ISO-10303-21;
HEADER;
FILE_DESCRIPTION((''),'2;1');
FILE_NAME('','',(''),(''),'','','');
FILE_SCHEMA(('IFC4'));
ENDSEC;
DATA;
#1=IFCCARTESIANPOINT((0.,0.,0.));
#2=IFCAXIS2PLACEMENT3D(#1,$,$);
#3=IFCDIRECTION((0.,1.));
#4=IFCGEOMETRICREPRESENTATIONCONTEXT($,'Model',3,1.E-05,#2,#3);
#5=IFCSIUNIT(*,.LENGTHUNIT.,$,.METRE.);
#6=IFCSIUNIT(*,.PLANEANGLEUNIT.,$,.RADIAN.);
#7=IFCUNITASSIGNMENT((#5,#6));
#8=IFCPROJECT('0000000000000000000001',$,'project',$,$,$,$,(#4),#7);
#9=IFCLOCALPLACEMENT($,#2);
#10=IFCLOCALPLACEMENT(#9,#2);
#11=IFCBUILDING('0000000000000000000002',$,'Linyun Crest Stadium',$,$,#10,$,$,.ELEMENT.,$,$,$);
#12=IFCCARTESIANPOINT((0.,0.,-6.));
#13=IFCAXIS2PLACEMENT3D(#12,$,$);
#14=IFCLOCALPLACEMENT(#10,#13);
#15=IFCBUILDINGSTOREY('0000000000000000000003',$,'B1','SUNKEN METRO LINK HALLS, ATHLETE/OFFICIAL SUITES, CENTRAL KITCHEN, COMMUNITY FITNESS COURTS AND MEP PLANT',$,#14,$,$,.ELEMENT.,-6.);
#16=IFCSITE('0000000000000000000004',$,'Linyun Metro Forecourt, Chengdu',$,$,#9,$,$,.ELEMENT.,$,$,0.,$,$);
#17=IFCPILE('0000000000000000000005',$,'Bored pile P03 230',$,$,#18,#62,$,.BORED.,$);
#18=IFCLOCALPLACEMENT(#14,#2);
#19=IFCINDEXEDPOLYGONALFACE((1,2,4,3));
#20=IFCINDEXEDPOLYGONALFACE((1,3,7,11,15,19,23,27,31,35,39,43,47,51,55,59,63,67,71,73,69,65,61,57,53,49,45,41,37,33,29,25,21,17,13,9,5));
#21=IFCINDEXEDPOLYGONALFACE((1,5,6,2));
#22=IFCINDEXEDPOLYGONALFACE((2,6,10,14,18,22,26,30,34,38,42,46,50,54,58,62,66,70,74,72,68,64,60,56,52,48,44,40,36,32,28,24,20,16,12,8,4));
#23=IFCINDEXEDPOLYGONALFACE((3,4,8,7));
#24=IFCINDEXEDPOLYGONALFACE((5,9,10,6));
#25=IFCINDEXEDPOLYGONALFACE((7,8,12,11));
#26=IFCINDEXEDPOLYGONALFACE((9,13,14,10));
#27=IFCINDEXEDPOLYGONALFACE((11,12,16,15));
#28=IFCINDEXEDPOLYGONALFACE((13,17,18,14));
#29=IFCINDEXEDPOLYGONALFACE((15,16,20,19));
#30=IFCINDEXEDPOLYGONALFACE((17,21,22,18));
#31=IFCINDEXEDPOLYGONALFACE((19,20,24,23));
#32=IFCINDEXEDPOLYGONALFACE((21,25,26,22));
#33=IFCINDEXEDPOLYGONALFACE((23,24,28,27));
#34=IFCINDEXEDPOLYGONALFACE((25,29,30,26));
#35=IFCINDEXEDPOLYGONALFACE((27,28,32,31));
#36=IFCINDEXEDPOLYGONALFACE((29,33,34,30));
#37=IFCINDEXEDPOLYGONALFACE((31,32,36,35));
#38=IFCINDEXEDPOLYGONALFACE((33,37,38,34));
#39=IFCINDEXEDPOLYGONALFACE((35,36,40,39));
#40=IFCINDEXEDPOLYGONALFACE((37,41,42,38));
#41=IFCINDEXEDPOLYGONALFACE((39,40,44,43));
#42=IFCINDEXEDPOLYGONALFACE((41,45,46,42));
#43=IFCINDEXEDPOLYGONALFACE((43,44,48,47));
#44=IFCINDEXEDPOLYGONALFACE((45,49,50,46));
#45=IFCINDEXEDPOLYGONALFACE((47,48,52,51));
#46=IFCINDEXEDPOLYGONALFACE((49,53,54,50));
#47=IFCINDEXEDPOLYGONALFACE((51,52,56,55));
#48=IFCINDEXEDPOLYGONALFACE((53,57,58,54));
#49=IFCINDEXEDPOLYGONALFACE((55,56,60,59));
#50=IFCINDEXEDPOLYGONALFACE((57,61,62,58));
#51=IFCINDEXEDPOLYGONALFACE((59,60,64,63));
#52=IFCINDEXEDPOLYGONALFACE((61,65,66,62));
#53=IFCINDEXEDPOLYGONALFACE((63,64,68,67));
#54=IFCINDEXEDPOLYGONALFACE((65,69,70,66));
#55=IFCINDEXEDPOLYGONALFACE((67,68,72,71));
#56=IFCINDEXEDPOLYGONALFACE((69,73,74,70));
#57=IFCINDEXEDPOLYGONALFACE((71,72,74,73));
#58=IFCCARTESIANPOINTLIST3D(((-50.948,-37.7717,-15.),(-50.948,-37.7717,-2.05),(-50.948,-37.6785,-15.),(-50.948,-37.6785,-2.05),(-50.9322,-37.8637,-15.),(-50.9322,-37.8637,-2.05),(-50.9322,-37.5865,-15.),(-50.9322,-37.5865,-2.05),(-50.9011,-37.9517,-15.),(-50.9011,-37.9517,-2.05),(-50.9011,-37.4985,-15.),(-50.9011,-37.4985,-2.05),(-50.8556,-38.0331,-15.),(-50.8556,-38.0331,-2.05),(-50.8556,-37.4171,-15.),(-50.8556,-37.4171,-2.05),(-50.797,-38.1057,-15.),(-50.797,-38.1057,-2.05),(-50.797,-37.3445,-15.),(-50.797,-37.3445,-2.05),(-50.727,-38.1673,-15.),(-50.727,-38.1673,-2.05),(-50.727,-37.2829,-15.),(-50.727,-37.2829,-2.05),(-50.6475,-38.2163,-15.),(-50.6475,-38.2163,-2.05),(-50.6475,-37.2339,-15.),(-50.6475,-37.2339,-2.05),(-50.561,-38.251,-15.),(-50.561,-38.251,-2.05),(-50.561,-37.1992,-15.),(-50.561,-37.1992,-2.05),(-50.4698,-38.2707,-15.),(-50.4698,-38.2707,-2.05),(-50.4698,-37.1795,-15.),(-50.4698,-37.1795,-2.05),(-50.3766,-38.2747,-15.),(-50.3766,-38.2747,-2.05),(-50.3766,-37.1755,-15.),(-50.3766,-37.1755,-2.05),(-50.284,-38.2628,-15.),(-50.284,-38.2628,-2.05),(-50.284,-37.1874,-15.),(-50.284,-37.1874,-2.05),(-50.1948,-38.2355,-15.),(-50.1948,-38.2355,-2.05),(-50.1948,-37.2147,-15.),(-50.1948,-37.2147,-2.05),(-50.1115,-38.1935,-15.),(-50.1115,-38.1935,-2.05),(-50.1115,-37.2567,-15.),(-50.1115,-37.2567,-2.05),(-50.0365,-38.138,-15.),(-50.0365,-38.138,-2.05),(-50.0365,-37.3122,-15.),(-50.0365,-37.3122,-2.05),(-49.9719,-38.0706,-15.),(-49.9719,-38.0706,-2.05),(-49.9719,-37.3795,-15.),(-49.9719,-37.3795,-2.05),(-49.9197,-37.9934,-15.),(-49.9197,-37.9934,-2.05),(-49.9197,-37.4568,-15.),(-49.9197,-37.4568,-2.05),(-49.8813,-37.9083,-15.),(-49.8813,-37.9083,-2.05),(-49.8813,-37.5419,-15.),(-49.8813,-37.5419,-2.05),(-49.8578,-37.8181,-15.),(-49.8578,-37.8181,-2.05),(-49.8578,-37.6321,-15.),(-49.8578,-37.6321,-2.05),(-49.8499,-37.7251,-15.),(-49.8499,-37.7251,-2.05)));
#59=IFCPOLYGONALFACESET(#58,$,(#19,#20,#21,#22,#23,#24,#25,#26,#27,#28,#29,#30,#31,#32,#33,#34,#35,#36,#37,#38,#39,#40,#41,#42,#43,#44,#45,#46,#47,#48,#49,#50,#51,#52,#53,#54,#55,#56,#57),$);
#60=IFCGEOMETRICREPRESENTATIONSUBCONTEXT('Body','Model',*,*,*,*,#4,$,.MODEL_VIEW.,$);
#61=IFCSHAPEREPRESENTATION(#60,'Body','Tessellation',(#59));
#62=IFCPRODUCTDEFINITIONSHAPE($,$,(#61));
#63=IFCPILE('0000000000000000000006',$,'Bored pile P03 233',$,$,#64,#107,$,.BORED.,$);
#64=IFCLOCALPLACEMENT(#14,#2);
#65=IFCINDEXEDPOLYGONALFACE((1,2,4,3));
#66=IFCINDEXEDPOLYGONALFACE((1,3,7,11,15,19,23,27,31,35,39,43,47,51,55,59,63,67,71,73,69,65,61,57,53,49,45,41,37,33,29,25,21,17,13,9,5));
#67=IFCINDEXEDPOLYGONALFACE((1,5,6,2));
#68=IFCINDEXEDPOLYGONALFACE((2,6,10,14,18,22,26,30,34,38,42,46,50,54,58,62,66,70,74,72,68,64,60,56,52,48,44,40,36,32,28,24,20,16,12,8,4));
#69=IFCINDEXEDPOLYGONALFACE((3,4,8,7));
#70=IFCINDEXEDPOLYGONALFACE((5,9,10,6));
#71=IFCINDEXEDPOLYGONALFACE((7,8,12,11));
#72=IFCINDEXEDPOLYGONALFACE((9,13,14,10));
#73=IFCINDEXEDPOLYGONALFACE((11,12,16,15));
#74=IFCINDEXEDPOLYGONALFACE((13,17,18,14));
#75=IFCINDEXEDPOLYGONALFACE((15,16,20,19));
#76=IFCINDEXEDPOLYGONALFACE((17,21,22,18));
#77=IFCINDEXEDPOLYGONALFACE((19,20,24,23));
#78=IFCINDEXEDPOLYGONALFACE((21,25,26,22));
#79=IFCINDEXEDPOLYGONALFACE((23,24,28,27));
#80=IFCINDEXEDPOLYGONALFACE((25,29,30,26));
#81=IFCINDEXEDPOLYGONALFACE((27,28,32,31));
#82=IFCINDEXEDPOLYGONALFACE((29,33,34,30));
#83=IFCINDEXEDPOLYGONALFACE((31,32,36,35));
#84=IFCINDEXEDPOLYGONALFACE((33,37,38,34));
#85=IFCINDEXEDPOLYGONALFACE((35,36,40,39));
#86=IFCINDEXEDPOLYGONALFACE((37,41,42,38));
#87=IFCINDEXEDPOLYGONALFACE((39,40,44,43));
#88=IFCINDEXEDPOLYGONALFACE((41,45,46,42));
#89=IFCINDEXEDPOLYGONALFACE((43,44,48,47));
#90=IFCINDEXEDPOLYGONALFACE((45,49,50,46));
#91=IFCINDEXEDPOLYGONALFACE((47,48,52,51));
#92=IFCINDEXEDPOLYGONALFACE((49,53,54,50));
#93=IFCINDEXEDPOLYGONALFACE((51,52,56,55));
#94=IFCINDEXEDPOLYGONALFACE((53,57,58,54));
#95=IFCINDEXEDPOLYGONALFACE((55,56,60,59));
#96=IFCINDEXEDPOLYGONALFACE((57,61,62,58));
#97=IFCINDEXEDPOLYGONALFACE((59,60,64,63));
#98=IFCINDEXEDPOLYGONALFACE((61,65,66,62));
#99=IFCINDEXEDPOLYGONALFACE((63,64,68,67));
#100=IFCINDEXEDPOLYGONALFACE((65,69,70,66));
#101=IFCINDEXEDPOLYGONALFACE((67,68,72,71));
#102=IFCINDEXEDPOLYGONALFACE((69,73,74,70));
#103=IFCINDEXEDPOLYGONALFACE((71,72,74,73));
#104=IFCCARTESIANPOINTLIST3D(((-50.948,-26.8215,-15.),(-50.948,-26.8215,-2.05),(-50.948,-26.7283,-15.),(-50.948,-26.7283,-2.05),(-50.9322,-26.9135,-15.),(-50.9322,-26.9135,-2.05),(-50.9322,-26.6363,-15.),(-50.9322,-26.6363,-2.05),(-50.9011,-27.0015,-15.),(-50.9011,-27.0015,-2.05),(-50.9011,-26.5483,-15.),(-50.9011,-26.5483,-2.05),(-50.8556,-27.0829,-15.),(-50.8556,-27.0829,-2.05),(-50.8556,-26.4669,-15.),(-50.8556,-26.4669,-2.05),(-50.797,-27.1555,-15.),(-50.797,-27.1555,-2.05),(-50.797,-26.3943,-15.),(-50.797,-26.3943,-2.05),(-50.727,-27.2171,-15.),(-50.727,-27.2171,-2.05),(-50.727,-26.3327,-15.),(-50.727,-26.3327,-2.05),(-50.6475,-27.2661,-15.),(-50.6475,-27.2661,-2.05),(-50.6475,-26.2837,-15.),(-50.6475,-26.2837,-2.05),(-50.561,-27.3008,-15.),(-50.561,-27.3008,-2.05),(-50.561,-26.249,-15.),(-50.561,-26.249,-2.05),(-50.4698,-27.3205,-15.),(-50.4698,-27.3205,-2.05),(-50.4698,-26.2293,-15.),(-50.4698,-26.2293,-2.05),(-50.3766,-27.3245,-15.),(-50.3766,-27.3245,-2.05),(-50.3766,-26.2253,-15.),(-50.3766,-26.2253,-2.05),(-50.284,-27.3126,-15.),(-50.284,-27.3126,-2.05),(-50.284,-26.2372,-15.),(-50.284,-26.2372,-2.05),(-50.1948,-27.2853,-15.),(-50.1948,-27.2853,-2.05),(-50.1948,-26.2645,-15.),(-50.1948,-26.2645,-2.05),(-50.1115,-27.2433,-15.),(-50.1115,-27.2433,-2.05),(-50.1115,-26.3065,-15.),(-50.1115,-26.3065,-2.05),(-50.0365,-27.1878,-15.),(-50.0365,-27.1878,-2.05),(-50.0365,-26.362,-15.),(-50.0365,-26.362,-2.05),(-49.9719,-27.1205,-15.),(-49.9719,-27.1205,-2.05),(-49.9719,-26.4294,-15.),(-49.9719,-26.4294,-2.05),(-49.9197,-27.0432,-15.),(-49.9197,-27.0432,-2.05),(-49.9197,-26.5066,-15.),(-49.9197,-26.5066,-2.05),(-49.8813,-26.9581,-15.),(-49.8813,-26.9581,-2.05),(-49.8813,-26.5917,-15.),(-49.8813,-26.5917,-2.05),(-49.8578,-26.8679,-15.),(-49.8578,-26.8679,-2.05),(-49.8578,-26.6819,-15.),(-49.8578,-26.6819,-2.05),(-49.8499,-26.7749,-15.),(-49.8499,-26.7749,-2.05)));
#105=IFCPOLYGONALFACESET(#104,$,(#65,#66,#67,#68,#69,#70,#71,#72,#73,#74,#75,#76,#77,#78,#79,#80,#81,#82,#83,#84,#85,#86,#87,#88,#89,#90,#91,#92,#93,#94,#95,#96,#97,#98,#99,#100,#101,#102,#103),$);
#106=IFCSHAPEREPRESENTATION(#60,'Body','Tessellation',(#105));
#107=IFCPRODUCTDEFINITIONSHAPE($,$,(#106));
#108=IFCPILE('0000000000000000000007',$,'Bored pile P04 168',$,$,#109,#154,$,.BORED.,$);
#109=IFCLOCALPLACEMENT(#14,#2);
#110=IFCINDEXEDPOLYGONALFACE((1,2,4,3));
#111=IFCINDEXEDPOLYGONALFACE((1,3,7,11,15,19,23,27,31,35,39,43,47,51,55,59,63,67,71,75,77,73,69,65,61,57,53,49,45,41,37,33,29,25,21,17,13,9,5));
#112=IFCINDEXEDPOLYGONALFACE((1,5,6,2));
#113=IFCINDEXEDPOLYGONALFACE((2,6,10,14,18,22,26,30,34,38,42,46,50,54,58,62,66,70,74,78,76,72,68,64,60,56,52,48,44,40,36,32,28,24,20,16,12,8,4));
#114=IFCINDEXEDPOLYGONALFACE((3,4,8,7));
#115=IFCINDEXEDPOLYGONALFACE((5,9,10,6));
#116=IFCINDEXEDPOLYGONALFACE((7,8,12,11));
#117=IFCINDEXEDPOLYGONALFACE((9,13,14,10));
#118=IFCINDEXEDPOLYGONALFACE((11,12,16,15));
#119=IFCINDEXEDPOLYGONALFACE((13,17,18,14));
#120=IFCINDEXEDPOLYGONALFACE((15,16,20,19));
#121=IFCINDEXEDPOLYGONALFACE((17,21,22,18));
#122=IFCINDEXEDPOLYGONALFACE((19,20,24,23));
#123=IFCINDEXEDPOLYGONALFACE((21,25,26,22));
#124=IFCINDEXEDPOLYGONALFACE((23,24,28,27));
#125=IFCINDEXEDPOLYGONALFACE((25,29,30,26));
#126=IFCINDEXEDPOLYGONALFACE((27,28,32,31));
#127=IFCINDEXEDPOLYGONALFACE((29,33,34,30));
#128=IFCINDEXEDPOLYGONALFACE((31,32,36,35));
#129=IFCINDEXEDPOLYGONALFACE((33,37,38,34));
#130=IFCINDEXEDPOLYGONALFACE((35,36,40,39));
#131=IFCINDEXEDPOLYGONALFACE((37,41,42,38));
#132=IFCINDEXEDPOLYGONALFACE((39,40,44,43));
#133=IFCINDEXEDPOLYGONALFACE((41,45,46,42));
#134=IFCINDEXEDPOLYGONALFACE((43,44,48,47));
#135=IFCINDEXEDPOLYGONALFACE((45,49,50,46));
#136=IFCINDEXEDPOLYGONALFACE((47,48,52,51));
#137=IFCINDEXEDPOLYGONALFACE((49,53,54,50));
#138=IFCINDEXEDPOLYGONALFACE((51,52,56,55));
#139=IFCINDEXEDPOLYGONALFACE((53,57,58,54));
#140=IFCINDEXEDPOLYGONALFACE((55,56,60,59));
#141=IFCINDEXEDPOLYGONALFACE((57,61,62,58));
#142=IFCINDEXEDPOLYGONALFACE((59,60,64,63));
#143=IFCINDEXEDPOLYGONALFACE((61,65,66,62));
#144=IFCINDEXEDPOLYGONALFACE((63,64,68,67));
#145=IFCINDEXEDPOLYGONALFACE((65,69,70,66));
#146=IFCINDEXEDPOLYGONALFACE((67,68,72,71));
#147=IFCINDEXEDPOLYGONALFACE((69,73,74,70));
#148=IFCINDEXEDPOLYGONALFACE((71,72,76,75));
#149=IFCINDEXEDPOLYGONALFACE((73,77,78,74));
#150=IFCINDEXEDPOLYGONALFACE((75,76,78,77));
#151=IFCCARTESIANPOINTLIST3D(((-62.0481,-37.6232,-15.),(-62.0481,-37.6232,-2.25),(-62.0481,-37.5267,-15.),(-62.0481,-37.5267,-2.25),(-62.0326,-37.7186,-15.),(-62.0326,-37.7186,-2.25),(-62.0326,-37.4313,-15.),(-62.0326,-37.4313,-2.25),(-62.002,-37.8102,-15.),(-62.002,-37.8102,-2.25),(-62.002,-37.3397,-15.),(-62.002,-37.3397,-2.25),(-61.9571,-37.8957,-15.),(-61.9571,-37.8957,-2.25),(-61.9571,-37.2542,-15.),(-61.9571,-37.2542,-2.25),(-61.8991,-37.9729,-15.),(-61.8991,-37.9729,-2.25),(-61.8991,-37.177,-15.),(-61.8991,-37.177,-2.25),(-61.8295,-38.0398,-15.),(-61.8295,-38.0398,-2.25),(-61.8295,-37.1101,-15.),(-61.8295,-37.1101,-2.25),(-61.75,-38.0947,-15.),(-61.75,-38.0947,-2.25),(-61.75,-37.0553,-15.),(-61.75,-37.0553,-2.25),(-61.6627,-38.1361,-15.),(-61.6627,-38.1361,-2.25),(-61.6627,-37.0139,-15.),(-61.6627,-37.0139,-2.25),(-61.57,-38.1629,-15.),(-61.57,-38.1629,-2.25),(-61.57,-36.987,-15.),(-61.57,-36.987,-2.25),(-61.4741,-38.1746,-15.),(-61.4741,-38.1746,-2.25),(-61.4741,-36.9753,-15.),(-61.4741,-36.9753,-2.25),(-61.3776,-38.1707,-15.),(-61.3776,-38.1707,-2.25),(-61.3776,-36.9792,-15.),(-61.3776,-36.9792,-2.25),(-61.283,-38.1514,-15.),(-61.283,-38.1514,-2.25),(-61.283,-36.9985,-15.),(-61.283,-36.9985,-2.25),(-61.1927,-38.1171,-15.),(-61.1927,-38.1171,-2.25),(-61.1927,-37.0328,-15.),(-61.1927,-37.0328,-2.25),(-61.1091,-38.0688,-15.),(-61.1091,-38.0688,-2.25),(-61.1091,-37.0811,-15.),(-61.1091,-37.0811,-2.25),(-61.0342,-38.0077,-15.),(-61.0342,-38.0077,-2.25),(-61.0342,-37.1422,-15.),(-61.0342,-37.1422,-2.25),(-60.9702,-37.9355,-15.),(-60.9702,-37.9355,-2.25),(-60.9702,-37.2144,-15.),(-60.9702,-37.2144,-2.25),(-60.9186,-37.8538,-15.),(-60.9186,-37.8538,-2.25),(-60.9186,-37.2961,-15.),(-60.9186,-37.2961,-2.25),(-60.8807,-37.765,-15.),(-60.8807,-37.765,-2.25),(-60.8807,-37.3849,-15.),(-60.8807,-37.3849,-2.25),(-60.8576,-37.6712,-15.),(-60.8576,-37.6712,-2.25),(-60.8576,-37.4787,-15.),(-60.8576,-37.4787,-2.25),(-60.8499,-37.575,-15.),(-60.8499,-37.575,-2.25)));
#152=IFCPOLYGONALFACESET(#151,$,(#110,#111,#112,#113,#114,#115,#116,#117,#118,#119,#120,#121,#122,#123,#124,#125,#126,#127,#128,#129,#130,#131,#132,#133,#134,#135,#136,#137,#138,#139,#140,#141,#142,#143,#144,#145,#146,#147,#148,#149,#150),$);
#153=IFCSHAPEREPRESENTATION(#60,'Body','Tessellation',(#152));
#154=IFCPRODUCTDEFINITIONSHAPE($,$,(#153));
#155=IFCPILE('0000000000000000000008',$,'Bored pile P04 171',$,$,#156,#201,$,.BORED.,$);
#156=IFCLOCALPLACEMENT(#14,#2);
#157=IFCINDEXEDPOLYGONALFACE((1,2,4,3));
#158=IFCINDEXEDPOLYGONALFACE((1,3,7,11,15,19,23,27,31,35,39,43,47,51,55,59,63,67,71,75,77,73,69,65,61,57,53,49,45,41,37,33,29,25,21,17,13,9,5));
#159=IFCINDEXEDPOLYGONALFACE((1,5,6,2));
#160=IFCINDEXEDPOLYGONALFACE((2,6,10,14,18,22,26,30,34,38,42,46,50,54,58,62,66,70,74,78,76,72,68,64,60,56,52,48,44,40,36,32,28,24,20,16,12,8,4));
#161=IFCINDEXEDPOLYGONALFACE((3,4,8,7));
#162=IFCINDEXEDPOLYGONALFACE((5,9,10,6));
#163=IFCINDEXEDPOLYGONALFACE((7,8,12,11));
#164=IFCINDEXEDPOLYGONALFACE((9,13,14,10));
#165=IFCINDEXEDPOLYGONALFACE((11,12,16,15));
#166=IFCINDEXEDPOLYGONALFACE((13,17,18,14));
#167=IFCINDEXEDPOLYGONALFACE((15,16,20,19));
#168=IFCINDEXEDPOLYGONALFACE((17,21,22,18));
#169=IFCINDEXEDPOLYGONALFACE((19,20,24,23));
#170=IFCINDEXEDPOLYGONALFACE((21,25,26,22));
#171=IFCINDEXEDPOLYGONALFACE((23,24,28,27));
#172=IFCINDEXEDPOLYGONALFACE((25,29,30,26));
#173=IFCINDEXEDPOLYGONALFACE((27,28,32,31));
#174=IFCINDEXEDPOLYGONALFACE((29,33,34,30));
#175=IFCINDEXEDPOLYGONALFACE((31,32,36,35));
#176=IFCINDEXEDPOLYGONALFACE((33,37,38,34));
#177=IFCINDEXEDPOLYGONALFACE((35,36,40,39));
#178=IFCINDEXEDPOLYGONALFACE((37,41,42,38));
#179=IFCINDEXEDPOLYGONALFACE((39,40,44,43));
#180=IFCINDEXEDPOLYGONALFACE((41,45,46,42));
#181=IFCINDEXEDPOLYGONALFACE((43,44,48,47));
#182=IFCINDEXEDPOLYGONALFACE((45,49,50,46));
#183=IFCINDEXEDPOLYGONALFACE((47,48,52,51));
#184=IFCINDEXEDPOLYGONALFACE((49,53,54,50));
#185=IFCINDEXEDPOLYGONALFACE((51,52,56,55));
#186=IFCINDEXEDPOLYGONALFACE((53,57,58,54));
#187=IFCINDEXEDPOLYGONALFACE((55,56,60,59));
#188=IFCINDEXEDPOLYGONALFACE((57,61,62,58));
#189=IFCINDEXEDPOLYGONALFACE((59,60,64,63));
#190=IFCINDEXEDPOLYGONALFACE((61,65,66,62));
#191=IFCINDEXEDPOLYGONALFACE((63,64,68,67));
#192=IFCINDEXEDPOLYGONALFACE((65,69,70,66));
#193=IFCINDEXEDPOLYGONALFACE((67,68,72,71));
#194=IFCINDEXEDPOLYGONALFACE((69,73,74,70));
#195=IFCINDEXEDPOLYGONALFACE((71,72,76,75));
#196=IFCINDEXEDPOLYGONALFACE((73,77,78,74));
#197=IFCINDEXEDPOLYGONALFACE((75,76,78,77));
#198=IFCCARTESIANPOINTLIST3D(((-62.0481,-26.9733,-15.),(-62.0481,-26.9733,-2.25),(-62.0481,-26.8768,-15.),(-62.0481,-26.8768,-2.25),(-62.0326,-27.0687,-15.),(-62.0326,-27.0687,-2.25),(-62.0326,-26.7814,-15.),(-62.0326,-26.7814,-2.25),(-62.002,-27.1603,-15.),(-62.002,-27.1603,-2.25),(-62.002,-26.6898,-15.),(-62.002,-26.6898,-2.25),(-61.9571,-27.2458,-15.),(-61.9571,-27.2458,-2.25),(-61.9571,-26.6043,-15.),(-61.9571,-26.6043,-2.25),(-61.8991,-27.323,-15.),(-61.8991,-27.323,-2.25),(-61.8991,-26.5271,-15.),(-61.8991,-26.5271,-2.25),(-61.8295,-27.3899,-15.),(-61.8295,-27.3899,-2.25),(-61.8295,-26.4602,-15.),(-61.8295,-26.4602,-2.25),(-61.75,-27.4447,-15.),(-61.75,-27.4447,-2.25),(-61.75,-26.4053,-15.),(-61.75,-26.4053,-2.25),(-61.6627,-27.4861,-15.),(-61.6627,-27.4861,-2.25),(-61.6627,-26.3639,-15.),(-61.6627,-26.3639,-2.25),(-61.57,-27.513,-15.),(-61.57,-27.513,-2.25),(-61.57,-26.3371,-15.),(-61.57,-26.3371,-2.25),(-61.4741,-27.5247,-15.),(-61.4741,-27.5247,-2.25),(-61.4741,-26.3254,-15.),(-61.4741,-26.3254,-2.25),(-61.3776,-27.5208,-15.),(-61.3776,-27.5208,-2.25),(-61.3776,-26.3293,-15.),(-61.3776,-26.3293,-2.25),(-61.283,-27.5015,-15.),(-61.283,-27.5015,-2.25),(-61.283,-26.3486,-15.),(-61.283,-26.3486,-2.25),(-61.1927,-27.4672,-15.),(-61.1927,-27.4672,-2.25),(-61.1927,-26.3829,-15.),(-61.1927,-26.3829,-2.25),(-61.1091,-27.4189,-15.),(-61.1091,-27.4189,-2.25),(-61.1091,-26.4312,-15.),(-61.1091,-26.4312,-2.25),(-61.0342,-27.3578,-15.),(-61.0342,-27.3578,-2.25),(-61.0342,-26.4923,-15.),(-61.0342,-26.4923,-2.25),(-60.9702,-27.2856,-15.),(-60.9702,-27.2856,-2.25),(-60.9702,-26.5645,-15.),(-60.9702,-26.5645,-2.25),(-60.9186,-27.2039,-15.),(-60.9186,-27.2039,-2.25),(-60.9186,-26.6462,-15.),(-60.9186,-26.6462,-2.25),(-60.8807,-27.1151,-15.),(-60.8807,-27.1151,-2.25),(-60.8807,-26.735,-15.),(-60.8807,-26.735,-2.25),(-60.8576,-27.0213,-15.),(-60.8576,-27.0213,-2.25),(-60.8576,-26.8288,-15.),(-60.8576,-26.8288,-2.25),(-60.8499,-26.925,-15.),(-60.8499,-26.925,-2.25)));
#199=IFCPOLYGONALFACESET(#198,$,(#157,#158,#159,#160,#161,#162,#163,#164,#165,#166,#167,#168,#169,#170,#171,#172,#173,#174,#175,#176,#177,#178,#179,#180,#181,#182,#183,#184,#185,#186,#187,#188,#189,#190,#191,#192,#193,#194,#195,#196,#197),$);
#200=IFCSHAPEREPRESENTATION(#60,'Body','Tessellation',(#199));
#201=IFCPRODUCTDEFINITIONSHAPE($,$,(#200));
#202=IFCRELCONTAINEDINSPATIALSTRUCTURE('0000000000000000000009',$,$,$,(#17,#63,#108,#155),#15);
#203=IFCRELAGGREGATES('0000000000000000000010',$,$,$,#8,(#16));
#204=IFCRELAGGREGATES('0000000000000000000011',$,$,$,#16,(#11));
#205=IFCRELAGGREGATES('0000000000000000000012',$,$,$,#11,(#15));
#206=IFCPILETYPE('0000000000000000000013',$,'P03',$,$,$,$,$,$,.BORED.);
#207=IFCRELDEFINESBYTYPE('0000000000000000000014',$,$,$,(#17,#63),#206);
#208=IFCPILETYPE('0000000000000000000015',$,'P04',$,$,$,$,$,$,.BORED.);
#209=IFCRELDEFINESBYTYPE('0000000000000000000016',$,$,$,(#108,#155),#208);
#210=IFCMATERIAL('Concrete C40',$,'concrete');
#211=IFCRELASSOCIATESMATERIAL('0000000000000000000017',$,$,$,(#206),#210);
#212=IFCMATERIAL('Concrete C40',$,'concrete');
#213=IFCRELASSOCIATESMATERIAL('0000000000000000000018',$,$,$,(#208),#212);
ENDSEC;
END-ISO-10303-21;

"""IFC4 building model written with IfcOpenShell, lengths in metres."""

from ifc_helpers import new_model, si_unit, direction, frame, origin, origin_2d, place, context, subcontext, project, spatial, circle, extrude, material, material_profile, profile_set, type_object, element, save


model = new_model("IFC4")

# Units and contexts
model_context = context("Model", 3, precision=1e-05, world=origin(), true_north=direction((0.0, 1.0)))
body_context = subcontext(model_context, "Body", "Model", "MODEL_VIEW")
ifc_project = project(units=[si_unit("LENGTHUNIT", "METRE"), si_unit("PLANEANGLEUNIT", "RADIAN")], contexts=[model_context])

# Site, building, storey
site_placement = place(None, origin())
site = spatial("IfcSite", under=ifc_project, at=site_placement, Name="Linyun Metro Forecourt, Chengdu", CompositionType="ELEMENT", RefElevation=0.0)
building_placement = place(site_placement, origin())
building = spatial("IfcBuilding", under=site, at=building_placement, Name="Linyun Crest Stadium", CompositionType="ELEMENT")
storey_placement = place(building_placement, frame((0.0, 0.0, -6.0)))
storey = spatial("IfcBuildingStorey", under=building, at=storey_placement, Name="B1", Description="SUNKEN METRO LINK HALLS, ATHLETE/OFFICIAL SUITES, CENTRAL KITCHEN, COMMUNITY FITNESS COURTS AND MEP PLANT", CompositionType="ELEMENT", Elevation=-6.0)

# Piles
ifc_material_1 = material(Name="Concrete C40", Category="concrete")
ifc_material_profile_1 = material_profile(ifc_material_1, circle(Radius=0.55, at=origin_2d()), Name="BORED PILE 1100")
ifc_profile_set_1 = profile_set([ifc_material_profile_1], Name="Concrete C40")
pile_type_1 = type_object("IfcPileType", Name="P03", PredefinedType="BORED", material=ifc_profile_set_1)
for number, where, z_axis, x_axis, name in (
    (1, (-50.3999, -37.7251, -2.05), (0.0, 0.0, -1.0), (1.0, 0.0, 0.0), "Bored pile P03 230"),
    (2, (-50.3999, -26.7749, -2.05), (0.0, 0.0, -1.0), (1.0, 0.0, 0.0), "Bored pile P03 233"),
):
    element("IfcPile", number, at=place(storey_placement, frame(where, z_axis=z_axis, x_axis=x_axis)), inside=storey, type_object=pile_type_1, Name=name, PredefinedType="BORED", context=body_context, shape_type="SweptSolid", body=[
        extrude(circle(Radius=0.55, at=origin_2d()), origin(), (0.0, 0.0, 1.0), 12.95),
    ])
ifc_material_2 = material(Name="Concrete C40", Category="concrete")
ifc_material_profile_2 = material_profile(ifc_material_2, circle(Radius=0.6001, at=origin_2d()), Name="BORED PILE 1200")
ifc_profile_set_2 = profile_set([ifc_material_profile_2], Name="Concrete C40")
pile_type_2 = type_object("IfcPileType", Name="P04", PredefinedType="BORED", material=ifc_profile_set_2)
for number, where, z_axis, x_axis, name in (
    (3, (-61.45, -37.575, -2.25), (0.0, 0.0, -1.0), (1.0, 0.0, 0.0), "Bored pile P04 168"),
    (4, (-61.45, -26.925, -2.25), (0.0, 0.0, -1.0), (1.0, 0.0, 0.0), "Bored pile P04 171"),
):
    element("IfcPile", number, at=place(storey_placement, frame(where, z_axis=z_axis, x_axis=x_axis)), inside=storey, type_object=pile_type_2, Name=name, PredefinedType="BORED", context=body_context, shape_type="SweptSolid", body=[
        extrude(circle(Radius=0.6001, at=origin_2d()), origin(), (0.0, 0.0, 1.0), 12.75),
    ])

save(model, "model.ifc")
